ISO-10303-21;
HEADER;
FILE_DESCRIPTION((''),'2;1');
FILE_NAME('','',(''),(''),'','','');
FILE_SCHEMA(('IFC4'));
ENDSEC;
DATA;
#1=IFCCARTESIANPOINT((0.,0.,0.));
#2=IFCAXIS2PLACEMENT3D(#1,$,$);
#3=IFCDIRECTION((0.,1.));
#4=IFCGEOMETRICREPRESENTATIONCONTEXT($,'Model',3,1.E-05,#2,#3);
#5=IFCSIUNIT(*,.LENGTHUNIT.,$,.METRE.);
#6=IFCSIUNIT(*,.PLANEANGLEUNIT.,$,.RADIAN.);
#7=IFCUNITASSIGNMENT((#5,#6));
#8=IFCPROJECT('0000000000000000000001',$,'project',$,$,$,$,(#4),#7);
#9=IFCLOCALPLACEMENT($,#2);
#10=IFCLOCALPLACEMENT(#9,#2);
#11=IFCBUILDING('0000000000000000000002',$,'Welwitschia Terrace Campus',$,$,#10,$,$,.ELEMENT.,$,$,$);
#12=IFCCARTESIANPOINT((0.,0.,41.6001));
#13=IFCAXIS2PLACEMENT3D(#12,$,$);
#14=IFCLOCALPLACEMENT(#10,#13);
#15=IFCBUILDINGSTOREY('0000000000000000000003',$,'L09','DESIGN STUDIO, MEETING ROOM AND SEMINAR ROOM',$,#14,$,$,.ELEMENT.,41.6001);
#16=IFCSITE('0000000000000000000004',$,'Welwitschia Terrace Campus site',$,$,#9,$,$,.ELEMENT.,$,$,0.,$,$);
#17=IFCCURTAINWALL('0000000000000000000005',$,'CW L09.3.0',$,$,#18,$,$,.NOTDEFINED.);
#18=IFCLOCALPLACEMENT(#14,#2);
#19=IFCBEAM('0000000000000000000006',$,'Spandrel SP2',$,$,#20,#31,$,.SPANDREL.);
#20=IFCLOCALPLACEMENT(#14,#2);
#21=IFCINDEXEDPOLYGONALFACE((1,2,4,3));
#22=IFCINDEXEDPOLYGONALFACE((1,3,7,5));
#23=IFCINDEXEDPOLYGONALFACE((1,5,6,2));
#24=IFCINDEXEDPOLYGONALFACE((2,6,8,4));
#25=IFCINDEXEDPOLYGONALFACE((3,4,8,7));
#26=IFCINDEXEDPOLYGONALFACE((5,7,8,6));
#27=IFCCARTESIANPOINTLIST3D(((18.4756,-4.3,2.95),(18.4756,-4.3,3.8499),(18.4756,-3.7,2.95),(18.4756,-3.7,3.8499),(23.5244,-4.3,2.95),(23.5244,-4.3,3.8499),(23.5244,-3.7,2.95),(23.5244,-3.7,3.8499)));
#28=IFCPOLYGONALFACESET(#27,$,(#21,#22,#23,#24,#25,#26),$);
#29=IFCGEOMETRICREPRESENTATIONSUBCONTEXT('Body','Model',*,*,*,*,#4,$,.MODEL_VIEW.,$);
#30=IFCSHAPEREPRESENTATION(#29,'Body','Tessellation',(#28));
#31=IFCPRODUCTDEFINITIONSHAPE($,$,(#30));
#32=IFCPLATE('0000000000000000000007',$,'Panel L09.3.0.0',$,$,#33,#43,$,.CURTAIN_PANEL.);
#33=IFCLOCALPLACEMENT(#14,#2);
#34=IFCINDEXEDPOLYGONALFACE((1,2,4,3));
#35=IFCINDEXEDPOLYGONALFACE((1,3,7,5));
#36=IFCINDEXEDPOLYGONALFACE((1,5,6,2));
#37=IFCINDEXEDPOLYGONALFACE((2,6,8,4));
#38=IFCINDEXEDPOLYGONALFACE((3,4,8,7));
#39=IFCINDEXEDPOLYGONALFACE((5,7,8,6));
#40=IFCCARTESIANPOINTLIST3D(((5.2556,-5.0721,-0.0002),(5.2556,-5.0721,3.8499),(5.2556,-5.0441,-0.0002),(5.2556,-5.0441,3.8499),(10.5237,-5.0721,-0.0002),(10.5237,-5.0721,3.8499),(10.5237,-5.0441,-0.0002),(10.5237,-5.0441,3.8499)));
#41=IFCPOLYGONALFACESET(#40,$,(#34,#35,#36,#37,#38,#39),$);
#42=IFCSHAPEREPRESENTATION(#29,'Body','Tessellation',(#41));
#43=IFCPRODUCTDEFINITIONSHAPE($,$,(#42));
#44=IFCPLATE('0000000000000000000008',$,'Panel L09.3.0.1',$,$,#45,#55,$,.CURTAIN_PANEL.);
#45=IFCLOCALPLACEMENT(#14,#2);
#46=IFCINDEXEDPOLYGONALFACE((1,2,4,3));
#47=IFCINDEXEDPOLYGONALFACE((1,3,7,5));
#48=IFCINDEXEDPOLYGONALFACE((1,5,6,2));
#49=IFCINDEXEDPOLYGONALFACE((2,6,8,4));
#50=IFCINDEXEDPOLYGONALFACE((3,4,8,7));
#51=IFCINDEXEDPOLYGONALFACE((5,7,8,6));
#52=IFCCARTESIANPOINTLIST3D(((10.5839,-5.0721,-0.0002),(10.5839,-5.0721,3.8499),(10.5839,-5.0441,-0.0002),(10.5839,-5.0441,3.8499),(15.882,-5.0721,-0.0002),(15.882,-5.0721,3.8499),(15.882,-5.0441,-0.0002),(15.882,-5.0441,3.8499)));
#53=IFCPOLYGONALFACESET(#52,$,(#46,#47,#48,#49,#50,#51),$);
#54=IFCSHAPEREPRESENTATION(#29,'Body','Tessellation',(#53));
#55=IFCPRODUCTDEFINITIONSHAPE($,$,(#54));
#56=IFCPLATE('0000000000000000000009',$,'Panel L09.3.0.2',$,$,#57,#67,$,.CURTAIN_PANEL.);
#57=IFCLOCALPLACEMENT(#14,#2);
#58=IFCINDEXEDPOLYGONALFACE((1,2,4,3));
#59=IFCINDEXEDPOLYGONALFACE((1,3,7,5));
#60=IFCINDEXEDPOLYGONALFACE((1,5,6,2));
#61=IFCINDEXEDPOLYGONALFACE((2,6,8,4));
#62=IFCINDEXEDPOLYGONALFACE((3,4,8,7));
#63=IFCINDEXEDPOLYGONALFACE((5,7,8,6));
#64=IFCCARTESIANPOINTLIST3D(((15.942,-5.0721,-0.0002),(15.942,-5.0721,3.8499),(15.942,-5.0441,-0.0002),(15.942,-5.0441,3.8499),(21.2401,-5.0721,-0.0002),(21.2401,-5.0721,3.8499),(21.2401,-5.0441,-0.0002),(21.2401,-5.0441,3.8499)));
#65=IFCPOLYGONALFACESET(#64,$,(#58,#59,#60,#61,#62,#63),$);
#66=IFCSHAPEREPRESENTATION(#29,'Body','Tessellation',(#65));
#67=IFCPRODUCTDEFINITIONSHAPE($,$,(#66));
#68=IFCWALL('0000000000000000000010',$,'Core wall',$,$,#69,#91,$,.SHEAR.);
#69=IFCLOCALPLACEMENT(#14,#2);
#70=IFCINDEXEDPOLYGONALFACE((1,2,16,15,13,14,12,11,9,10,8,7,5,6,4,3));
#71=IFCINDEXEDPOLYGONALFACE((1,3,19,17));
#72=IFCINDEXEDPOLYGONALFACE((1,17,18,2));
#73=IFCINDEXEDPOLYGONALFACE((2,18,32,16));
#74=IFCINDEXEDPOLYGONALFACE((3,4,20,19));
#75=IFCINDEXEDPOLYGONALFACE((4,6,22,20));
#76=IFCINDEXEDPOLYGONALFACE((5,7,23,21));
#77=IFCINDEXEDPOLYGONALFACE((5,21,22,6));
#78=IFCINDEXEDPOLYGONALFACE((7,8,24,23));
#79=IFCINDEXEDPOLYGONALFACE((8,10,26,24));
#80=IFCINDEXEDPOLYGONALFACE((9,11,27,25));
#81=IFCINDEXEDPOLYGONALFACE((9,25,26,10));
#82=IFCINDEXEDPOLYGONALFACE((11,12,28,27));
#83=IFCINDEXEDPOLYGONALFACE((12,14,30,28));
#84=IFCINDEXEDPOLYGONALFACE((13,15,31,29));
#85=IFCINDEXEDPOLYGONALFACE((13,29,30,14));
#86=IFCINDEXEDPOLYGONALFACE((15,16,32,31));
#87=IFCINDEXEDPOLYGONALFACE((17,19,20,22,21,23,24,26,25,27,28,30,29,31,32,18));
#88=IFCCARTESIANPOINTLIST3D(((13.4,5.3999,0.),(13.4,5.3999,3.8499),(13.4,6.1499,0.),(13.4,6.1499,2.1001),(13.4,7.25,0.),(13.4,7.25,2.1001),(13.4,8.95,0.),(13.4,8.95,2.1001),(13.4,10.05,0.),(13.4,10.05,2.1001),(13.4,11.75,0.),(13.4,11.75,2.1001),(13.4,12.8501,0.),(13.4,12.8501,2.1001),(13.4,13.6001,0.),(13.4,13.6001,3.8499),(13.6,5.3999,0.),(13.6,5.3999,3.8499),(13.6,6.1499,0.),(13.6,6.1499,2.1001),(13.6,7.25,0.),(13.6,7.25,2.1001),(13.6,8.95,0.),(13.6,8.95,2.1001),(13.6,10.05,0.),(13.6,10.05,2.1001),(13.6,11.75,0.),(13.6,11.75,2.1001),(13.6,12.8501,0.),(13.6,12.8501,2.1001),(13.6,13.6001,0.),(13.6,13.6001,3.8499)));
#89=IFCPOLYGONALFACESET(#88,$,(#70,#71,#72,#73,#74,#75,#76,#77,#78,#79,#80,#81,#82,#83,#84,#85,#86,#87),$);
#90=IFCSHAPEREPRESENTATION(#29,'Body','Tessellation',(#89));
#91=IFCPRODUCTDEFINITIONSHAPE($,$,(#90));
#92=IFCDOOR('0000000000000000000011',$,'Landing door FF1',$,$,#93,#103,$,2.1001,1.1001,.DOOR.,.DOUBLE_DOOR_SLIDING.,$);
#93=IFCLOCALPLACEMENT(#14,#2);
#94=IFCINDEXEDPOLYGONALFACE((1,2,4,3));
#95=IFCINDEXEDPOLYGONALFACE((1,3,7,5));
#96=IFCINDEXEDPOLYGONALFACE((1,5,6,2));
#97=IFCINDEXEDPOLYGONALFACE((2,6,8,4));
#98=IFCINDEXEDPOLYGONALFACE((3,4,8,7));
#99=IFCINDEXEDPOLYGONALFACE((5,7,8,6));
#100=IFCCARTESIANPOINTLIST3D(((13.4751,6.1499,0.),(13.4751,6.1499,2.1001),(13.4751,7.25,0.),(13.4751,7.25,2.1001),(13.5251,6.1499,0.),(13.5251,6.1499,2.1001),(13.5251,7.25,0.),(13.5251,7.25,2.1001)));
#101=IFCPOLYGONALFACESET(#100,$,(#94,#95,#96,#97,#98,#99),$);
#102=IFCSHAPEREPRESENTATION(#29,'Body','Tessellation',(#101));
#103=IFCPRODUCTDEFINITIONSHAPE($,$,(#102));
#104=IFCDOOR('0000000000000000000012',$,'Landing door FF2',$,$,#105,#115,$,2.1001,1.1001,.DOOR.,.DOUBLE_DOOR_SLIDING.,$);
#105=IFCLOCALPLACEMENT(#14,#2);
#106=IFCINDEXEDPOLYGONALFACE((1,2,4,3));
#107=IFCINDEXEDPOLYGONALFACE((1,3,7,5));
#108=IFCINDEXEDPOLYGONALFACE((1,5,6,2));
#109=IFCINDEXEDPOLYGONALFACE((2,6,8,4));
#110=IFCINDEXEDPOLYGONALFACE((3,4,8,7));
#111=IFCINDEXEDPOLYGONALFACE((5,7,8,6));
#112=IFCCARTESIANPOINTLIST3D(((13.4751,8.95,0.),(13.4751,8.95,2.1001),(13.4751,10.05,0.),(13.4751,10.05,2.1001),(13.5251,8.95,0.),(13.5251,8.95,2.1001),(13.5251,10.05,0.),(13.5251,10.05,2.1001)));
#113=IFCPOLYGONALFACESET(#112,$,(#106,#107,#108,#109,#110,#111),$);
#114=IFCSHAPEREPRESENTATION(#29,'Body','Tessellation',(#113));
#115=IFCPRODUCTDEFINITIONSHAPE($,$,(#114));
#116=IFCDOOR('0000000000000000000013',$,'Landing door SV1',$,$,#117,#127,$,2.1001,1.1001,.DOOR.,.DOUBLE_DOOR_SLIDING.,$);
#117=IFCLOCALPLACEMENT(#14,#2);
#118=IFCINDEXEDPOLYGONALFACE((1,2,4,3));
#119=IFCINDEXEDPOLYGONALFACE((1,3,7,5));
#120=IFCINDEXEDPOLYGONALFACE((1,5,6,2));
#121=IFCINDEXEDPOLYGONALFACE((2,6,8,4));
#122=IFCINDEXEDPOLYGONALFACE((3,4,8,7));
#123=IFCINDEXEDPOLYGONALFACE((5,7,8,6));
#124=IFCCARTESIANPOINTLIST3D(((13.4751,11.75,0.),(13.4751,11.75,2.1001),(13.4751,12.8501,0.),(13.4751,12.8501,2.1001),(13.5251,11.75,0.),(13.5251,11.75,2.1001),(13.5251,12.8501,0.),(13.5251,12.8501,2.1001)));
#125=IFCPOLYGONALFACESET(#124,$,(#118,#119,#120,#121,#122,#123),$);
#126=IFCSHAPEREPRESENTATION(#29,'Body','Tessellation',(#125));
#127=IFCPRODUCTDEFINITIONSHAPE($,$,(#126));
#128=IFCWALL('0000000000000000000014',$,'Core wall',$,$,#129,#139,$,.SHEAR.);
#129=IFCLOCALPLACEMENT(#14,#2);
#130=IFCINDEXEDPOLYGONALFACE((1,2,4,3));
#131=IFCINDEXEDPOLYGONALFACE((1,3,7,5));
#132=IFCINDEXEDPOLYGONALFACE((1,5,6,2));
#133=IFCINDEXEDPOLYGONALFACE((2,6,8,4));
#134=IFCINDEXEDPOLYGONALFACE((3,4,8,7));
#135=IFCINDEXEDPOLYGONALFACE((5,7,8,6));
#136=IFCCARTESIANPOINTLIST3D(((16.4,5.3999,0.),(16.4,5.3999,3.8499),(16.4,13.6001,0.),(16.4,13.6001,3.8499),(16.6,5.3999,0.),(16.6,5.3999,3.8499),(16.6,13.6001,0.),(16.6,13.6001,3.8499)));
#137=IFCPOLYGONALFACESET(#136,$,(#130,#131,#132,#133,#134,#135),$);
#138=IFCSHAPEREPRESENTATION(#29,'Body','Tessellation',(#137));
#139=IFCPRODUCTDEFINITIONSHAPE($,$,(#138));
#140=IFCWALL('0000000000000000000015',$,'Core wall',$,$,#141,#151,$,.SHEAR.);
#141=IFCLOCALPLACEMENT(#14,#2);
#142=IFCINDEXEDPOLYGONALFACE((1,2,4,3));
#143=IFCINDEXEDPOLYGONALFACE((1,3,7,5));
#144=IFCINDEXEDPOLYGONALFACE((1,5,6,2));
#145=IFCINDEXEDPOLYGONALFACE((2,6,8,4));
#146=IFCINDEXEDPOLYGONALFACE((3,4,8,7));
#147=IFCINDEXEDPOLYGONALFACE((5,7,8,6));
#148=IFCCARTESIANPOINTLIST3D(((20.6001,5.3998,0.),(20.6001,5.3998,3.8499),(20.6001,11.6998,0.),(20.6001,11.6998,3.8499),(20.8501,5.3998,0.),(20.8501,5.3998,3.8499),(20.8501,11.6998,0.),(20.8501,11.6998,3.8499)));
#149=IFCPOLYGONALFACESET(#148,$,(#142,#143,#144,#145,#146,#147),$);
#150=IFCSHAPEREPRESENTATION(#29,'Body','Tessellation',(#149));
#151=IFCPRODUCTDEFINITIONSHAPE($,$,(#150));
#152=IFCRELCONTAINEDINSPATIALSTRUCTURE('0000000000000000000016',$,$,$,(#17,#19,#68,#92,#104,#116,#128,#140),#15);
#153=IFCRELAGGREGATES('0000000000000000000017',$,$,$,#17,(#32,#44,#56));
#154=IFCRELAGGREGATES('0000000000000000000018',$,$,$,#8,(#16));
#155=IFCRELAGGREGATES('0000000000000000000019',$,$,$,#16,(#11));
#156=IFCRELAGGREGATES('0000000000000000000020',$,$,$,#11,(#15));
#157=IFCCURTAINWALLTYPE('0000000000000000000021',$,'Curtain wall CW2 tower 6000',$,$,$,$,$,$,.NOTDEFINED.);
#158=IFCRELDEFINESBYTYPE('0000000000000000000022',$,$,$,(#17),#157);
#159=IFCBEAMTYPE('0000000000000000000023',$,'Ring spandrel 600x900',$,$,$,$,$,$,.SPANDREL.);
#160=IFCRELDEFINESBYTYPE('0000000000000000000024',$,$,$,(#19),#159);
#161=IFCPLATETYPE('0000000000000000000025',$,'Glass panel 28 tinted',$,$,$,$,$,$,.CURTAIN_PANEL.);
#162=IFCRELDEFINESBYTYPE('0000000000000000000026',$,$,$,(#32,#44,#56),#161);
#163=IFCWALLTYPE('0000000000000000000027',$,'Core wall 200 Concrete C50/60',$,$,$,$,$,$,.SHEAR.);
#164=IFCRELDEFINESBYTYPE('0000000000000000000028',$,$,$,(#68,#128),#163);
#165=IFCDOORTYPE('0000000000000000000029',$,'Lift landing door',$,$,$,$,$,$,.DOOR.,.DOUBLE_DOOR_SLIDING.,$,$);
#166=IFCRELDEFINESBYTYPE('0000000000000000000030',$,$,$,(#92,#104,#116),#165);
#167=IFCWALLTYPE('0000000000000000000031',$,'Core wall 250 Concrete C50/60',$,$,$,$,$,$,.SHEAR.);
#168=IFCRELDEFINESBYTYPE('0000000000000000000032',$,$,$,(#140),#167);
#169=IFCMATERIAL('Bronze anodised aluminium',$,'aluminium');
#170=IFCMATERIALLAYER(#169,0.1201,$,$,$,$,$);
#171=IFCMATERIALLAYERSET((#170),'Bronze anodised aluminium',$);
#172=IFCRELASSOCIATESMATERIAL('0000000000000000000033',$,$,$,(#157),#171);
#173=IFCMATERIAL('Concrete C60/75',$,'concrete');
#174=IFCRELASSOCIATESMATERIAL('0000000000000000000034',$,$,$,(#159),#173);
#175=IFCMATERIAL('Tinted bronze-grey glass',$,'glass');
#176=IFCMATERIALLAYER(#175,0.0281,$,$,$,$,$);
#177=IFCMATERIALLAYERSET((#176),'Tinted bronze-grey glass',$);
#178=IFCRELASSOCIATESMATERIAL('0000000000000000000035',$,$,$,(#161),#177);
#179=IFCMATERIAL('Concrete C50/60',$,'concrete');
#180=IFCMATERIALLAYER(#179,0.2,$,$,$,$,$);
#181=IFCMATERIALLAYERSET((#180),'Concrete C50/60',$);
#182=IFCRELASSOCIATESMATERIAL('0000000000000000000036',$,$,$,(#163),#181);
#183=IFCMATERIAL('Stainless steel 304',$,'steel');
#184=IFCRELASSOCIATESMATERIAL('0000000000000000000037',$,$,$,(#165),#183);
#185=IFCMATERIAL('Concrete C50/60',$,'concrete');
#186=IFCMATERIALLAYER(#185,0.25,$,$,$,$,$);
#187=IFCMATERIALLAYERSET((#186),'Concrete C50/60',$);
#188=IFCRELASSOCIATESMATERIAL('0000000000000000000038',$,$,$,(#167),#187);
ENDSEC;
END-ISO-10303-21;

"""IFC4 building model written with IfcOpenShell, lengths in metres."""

from ifc_helpers import new_model, si_unit, direction, frame, frame_2d, origin, origin_2d, place, context, subcontext, project, spatial, rectangle, extrude, material, layer, layer_set, material_profile, profile_set, type_object, element, fill, aggregate, save


model = new_model("IFC4")

# Units and contexts
model_context = context("Model", 3, precision=1e-05, world=origin(), true_north=direction((0.0, 1.0)))
body_context = subcontext(model_context, "Body", "Model", "MODEL_VIEW")
ifc_project = project(units=[si_unit("LENGTHUNIT", "METRE"), si_unit("PLANEANGLEUNIT", "RADIAN")], contexts=[model_context])

# Site, building, storey
site_placement = place(None, origin())
site = spatial("IfcSite", under=ifc_project, at=site_placement, Name="Welwitschia Terrace Campus site", CompositionType="ELEMENT", RefElevation=0.0)
building_placement = place(site_placement, origin())
building = spatial("IfcBuilding", under=site, at=building_placement, Name="Welwitschia Terrace Campus", CompositionType="ELEMENT")
storey_placement = place(building_placement, frame((0.0, 0.0, 41.6001)))
storey = spatial("IfcBuildingStorey", under=building, at=storey_placement, Name="L09", Description="DESIGN STUDIO, MEETING ROOM AND SEMINAR ROOM", CompositionType="ELEMENT", Elevation=41.6001)

# Curtain wall
ifc_material_1 = material(Name="Bronze anodised aluminium", Category="aluminium")
ifc_layer_1 = layer(ifc_material_1, 0.1201)
ifc_layer_set_1 = layer_set([ifc_layer_1], Name="Bronze anodised aluminium")
curtain_wall_type = type_object("IfcCurtainWallType", Name="Curtain wall CW2 tower 6000", PredefinedType="NOTDEFINED", material=ifc_layer_set_1)
curtain_wall_placement = place(storey_placement, origin())
curtain_wall = element("IfcCurtainWall", 1, at=curtain_wall_placement, inside=storey, type_object=curtain_wall_type, Name="CW L09.3.0", PredefinedType="NOTDEFINED")

# Beam
ifc_material_2 = material(Name="Concrete C60/75", Category="concrete")
ifc_material_profile_1 = material_profile(ifc_material_2, rectangle(XDim=0.6001, YDim=0.8999, at=origin_2d()))
ifc_profile_set_1 = profile_set([ifc_material_profile_1], Name="Concrete C60/75")
beam_type_1 = type_object("IfcBeamType", Name="Ring spandrel 600x900", PredefinedType="SPANDREL", material=ifc_profile_set_1)
for number, where, z_axis, x_axis, name in (
    (2, (18.4756, -4.0, 3.3999), (1.0, 0.0, 0.0), (0.0, 1.0, 0.0), "Spandrel SP2"),
):
    element("IfcBeam", number, at=place(storey_placement, frame(where, z_axis=z_axis, x_axis=x_axis)), inside=storey, type_object=beam_type_1, Name=name, PredefinedType="SPANDREL", context=body_context, shape_type="SweptSolid", body=[
        extrude(rectangle(XDim=0.6001, YDim=0.8999, at=origin_2d()), origin(), (0.0, 0.0, 1.0), 5.0488),
    ])

# Plates
ifc_material_3 = material(Name="Tinted bronze-grey glass", Category="glass")
ifc_layer_2 = layer(ifc_material_3, 0.0281)
ifc_layer_set_2 = layer_set([ifc_layer_2], Name="Tinted bronze-grey glass")
plate_type = type_object("IfcPlateType", Name="Glass panel 28 tinted", PredefinedType="CURTAIN_PANEL", material=ifc_layer_set_2)
plate_1_placement = place(storey_placement, frame((7.8896, -5.0581, -0.0002), z_axis=(0.0, 0.0, 1.0), x_axis=(1.0, 0.0, 0.0)))
plate_1 = element("IfcPlate", 3, at=plate_1_placement, type_object=plate_type, Name="Panel L09.3.0.0", PredefinedType="CURTAIN_PANEL", context=body_context, shape_type="SweptSolid", body=[
    extrude(rectangle(XDim=5.2681, YDim=0.0281, at=origin_2d()), origin(), (0.0, 0.0, 1.0), 3.8501),
])
plate_2_placement = place(storey_placement, frame((13.2329, -5.0581, -0.0002), z_axis=(0.0, 0.0, 1.0), x_axis=(1.0, 0.0, 0.0)))
plate_2 = element("IfcPlate", 4, at=plate_2_placement, type_object=plate_type, Name="Panel L09.3.0.1", PredefinedType="CURTAIN_PANEL", context=body_context, shape_type="SweptSolid", body=[
    extrude(rectangle(XDim=5.2981, YDim=0.0281, at=origin_2d()), origin(), (0.0, 0.0, 1.0), 3.8501),
])
plate_3_placement = place(storey_placement, frame((18.5911, -5.0581, -0.0002), z_axis=(0.0, 0.0, 1.0), x_axis=(1.0, 0.0, 0.0)))
plate_3 = element("IfcPlate", 5, at=plate_3_placement, type_object=plate_type, Name="Panel L09.3.0.2", PredefinedType="CURTAIN_PANEL", context=body_context, shape_type="SweptSolid", body=[
    extrude(rectangle(XDim=5.2981, YDim=0.0281, at=origin_2d()), origin(), (0.0, 0.0, 1.0), 3.8501),
])
aggregate(curtain_wall, [plate_1, plate_2, plate_3])

# Wall, openings, doors
ifc_material_4 = material(Name="Concrete C50/60", Category="concrete")
ifc_layer_3 = layer(ifc_material_4, 0.2)
ifc_layer_set_3 = layer_set([ifc_layer_3], Name="Concrete C50/60")
wall_type_1 = type_object("IfcWallType", Name="Core wall 200 Concrete C50/60", PredefinedType="SHEAR", material=ifc_layer_set_3)
wall_1_placement = place(storey_placement, frame((13.5, 5.3999, 0.0), z_axis=(0.0, 0.0, 1.0), x_axis=(0.0, 1.0, 0.0)))
wall_1 = element("IfcWall", 6, at=wall_1_placement, inside=storey, type_object=wall_type_1, Name="Core wall", PredefinedType="SHEAR", context=body_context, shape_type="SweptSolid", body=[
    extrude(rectangle(XDim=8.2002, YDim=0.2, at=frame_2d((4.1001, 0.0))), origin(), (0.0, 0.0, 1.0), 3.8499),
])
opening_1_placement = place(wall_1_placement, frame((0.75, 0.0, 0.0)))
opening_1 = element("IfcOpeningElement", 7, at=opening_1_placement, cuts=wall_1, PredefinedType="OPENING", context=body_context, shape_type="SweptSolid", body=[
    extrude(rectangle(XDim=1.1001, YDim=2.1001, at=frame_2d((0.55, 1.05))), frame((0.0, 0.1099, 0.0), z_axis=(0.0, -1.0, 0.0), x_axis=(1.0, 0.0, 0.0)), (0.0, 0.0, 1.0), 0.22),
])
opening_2_placement = place(wall_1_placement, frame((3.55, 0.0, 0.0)))
opening_2 = element("IfcOpeningElement", 8, at=opening_2_placement, cuts=wall_1, PredefinedType="OPENING", context=body_context, shape_type="SweptSolid", body=[
    extrude(rectangle(XDim=1.1001, YDim=2.1001, at=frame_2d((0.55, 1.05))), frame((0.0, 0.1099, 0.0), z_axis=(0.0, -1.0, 0.0), x_axis=(1.0, 0.0, 0.0)), (0.0, 0.0, 1.0), 0.22),
])
opening_3_placement = place(wall_1_placement, frame((6.3501, 0.0, 0.0)))
opening_3 = element("IfcOpeningElement", 9, at=opening_3_placement, cuts=wall_1, PredefinedType="OPENING", context=body_context, shape_type="SweptSolid", body=[
    extrude(rectangle(XDim=1.1001, YDim=2.1001, at=frame_2d((0.55, 1.05))), frame((0.0, 0.1099, 0.0), z_axis=(0.0, -1.0, 0.0), x_axis=(1.0, 0.0, 0.0)), (0.0, 0.0, 1.0), 0.22),
])
ifc_material_5 = material(Name="Stainless steel 304", Category="steel")
door_type = type_object("IfcDoorType", Name="Lift landing door", OperationType="DOUBLE_DOOR_SLIDING", PredefinedType="DOOR", material=ifc_material_5)
door_1_placement = place(opening_1_placement, origin())
door_1 = element("IfcDoor", 10, at=door_1_placement, inside=storey, type_object=door_type, Name="Landing door FF1", OperationType="DOUBLE_DOOR_SLIDING", OverallHeight=2.1001, OverallWidth=1.1001, PredefinedType="DOOR", context=body_context, shape_type="SweptSolid", body=[
    extrude(rectangle(XDim=1.1001, YDim=2.1001, at=frame_2d((0.55, 1.05))), frame((0.0, 0.0249, 0.0), z_axis=(0.0, -1.0, 0.0), x_axis=(1.0, 0.0, 0.0)), (0.0, 0.0, 1.0), 0.05),
])
fill(opening_1, door_1)
door_2_placement = place(opening_2_placement, origin())
door_2 = element("IfcDoor", 11, at=door_2_placement, inside=storey, type_object=door_type, Name="Landing door FF2", OperationType="DOUBLE_DOOR_SLIDING", OverallHeight=2.1001, OverallWidth=1.1001, PredefinedType="DOOR", context=body_context, shape_type="SweptSolid", body=[
    extrude(rectangle(XDim=1.1001, YDim=2.1001, at=frame_2d((0.55, 1.05))), frame((0.0, 0.0249, 0.0), z_axis=(0.0, -1.0, 0.0), x_axis=(1.0, 0.0, 0.0)), (0.0, 0.0, 1.0), 0.05),
])
fill(opening_2, door_2)
door_3_placement = place(opening_3_placement, origin())
door_3 = element("IfcDoor", 12, at=door_3_placement, inside=storey, type_object=door_type, Name="Landing door SV1", OperationType="DOUBLE_DOOR_SLIDING", OverallHeight=2.1001, OverallWidth=1.1001, PredefinedType="DOOR", context=body_context, shape_type="SweptSolid", body=[
    extrude(rectangle(XDim=1.1001, YDim=2.1001, at=frame_2d((0.55, 1.05))), frame((0.0, 0.0249, 0.0), z_axis=(0.0, -1.0, 0.0), x_axis=(1.0, 0.0, 0.0)), (0.0, 0.0, 1.0), 0.05),
])
fill(opening_3, door_3)

# Walls
wall_2_placement = place(storey_placement, frame((16.5, 5.3999, 0.0), z_axis=(0.0, 0.0, 1.0), x_axis=(0.0, 1.0, 0.0)))
element("IfcWall", 13, at=wall_2_placement, inside=storey, type_object=wall_type_1, Name="Core wall", PredefinedType="SHEAR", context=body_context, shape_type="SweptSolid", body=[
    extrude(rectangle(XDim=8.2002, YDim=0.2, at=frame_2d((4.1001, 0.0))), origin(), (0.0, 0.0, 1.0), 3.8499),
])
ifc_material_6 = material(Name="Concrete C50/60", Category="concrete")
ifc_layer_4 = layer(ifc_material_6, 0.25)
ifc_layer_set_4 = layer_set([ifc_layer_4], Name="Concrete C50/60")
wall_type_2 = type_object("IfcWallType", Name="Core wall 250 Concrete C50/60", PredefinedType="SHEAR", material=ifc_layer_set_4)
wall_3_placement = place(storey_placement, frame((20.7251, 5.3999, 0.0), z_axis=(0.0, 0.0, 1.0), x_axis=(0.0, 1.0, 0.0)))
element("IfcWall", 14, at=wall_3_placement, inside=storey, type_object=wall_type_2, Name="Core wall", PredefinedType="SHEAR", context=body_context, shape_type="SweptSolid", body=[
    extrude(rectangle(XDim=6.3, YDim=0.25, at=frame_2d((3.1499, 0.0))), origin(), (0.0, 0.0, 1.0), 3.8499),
])

save(model, "model.ifc")
